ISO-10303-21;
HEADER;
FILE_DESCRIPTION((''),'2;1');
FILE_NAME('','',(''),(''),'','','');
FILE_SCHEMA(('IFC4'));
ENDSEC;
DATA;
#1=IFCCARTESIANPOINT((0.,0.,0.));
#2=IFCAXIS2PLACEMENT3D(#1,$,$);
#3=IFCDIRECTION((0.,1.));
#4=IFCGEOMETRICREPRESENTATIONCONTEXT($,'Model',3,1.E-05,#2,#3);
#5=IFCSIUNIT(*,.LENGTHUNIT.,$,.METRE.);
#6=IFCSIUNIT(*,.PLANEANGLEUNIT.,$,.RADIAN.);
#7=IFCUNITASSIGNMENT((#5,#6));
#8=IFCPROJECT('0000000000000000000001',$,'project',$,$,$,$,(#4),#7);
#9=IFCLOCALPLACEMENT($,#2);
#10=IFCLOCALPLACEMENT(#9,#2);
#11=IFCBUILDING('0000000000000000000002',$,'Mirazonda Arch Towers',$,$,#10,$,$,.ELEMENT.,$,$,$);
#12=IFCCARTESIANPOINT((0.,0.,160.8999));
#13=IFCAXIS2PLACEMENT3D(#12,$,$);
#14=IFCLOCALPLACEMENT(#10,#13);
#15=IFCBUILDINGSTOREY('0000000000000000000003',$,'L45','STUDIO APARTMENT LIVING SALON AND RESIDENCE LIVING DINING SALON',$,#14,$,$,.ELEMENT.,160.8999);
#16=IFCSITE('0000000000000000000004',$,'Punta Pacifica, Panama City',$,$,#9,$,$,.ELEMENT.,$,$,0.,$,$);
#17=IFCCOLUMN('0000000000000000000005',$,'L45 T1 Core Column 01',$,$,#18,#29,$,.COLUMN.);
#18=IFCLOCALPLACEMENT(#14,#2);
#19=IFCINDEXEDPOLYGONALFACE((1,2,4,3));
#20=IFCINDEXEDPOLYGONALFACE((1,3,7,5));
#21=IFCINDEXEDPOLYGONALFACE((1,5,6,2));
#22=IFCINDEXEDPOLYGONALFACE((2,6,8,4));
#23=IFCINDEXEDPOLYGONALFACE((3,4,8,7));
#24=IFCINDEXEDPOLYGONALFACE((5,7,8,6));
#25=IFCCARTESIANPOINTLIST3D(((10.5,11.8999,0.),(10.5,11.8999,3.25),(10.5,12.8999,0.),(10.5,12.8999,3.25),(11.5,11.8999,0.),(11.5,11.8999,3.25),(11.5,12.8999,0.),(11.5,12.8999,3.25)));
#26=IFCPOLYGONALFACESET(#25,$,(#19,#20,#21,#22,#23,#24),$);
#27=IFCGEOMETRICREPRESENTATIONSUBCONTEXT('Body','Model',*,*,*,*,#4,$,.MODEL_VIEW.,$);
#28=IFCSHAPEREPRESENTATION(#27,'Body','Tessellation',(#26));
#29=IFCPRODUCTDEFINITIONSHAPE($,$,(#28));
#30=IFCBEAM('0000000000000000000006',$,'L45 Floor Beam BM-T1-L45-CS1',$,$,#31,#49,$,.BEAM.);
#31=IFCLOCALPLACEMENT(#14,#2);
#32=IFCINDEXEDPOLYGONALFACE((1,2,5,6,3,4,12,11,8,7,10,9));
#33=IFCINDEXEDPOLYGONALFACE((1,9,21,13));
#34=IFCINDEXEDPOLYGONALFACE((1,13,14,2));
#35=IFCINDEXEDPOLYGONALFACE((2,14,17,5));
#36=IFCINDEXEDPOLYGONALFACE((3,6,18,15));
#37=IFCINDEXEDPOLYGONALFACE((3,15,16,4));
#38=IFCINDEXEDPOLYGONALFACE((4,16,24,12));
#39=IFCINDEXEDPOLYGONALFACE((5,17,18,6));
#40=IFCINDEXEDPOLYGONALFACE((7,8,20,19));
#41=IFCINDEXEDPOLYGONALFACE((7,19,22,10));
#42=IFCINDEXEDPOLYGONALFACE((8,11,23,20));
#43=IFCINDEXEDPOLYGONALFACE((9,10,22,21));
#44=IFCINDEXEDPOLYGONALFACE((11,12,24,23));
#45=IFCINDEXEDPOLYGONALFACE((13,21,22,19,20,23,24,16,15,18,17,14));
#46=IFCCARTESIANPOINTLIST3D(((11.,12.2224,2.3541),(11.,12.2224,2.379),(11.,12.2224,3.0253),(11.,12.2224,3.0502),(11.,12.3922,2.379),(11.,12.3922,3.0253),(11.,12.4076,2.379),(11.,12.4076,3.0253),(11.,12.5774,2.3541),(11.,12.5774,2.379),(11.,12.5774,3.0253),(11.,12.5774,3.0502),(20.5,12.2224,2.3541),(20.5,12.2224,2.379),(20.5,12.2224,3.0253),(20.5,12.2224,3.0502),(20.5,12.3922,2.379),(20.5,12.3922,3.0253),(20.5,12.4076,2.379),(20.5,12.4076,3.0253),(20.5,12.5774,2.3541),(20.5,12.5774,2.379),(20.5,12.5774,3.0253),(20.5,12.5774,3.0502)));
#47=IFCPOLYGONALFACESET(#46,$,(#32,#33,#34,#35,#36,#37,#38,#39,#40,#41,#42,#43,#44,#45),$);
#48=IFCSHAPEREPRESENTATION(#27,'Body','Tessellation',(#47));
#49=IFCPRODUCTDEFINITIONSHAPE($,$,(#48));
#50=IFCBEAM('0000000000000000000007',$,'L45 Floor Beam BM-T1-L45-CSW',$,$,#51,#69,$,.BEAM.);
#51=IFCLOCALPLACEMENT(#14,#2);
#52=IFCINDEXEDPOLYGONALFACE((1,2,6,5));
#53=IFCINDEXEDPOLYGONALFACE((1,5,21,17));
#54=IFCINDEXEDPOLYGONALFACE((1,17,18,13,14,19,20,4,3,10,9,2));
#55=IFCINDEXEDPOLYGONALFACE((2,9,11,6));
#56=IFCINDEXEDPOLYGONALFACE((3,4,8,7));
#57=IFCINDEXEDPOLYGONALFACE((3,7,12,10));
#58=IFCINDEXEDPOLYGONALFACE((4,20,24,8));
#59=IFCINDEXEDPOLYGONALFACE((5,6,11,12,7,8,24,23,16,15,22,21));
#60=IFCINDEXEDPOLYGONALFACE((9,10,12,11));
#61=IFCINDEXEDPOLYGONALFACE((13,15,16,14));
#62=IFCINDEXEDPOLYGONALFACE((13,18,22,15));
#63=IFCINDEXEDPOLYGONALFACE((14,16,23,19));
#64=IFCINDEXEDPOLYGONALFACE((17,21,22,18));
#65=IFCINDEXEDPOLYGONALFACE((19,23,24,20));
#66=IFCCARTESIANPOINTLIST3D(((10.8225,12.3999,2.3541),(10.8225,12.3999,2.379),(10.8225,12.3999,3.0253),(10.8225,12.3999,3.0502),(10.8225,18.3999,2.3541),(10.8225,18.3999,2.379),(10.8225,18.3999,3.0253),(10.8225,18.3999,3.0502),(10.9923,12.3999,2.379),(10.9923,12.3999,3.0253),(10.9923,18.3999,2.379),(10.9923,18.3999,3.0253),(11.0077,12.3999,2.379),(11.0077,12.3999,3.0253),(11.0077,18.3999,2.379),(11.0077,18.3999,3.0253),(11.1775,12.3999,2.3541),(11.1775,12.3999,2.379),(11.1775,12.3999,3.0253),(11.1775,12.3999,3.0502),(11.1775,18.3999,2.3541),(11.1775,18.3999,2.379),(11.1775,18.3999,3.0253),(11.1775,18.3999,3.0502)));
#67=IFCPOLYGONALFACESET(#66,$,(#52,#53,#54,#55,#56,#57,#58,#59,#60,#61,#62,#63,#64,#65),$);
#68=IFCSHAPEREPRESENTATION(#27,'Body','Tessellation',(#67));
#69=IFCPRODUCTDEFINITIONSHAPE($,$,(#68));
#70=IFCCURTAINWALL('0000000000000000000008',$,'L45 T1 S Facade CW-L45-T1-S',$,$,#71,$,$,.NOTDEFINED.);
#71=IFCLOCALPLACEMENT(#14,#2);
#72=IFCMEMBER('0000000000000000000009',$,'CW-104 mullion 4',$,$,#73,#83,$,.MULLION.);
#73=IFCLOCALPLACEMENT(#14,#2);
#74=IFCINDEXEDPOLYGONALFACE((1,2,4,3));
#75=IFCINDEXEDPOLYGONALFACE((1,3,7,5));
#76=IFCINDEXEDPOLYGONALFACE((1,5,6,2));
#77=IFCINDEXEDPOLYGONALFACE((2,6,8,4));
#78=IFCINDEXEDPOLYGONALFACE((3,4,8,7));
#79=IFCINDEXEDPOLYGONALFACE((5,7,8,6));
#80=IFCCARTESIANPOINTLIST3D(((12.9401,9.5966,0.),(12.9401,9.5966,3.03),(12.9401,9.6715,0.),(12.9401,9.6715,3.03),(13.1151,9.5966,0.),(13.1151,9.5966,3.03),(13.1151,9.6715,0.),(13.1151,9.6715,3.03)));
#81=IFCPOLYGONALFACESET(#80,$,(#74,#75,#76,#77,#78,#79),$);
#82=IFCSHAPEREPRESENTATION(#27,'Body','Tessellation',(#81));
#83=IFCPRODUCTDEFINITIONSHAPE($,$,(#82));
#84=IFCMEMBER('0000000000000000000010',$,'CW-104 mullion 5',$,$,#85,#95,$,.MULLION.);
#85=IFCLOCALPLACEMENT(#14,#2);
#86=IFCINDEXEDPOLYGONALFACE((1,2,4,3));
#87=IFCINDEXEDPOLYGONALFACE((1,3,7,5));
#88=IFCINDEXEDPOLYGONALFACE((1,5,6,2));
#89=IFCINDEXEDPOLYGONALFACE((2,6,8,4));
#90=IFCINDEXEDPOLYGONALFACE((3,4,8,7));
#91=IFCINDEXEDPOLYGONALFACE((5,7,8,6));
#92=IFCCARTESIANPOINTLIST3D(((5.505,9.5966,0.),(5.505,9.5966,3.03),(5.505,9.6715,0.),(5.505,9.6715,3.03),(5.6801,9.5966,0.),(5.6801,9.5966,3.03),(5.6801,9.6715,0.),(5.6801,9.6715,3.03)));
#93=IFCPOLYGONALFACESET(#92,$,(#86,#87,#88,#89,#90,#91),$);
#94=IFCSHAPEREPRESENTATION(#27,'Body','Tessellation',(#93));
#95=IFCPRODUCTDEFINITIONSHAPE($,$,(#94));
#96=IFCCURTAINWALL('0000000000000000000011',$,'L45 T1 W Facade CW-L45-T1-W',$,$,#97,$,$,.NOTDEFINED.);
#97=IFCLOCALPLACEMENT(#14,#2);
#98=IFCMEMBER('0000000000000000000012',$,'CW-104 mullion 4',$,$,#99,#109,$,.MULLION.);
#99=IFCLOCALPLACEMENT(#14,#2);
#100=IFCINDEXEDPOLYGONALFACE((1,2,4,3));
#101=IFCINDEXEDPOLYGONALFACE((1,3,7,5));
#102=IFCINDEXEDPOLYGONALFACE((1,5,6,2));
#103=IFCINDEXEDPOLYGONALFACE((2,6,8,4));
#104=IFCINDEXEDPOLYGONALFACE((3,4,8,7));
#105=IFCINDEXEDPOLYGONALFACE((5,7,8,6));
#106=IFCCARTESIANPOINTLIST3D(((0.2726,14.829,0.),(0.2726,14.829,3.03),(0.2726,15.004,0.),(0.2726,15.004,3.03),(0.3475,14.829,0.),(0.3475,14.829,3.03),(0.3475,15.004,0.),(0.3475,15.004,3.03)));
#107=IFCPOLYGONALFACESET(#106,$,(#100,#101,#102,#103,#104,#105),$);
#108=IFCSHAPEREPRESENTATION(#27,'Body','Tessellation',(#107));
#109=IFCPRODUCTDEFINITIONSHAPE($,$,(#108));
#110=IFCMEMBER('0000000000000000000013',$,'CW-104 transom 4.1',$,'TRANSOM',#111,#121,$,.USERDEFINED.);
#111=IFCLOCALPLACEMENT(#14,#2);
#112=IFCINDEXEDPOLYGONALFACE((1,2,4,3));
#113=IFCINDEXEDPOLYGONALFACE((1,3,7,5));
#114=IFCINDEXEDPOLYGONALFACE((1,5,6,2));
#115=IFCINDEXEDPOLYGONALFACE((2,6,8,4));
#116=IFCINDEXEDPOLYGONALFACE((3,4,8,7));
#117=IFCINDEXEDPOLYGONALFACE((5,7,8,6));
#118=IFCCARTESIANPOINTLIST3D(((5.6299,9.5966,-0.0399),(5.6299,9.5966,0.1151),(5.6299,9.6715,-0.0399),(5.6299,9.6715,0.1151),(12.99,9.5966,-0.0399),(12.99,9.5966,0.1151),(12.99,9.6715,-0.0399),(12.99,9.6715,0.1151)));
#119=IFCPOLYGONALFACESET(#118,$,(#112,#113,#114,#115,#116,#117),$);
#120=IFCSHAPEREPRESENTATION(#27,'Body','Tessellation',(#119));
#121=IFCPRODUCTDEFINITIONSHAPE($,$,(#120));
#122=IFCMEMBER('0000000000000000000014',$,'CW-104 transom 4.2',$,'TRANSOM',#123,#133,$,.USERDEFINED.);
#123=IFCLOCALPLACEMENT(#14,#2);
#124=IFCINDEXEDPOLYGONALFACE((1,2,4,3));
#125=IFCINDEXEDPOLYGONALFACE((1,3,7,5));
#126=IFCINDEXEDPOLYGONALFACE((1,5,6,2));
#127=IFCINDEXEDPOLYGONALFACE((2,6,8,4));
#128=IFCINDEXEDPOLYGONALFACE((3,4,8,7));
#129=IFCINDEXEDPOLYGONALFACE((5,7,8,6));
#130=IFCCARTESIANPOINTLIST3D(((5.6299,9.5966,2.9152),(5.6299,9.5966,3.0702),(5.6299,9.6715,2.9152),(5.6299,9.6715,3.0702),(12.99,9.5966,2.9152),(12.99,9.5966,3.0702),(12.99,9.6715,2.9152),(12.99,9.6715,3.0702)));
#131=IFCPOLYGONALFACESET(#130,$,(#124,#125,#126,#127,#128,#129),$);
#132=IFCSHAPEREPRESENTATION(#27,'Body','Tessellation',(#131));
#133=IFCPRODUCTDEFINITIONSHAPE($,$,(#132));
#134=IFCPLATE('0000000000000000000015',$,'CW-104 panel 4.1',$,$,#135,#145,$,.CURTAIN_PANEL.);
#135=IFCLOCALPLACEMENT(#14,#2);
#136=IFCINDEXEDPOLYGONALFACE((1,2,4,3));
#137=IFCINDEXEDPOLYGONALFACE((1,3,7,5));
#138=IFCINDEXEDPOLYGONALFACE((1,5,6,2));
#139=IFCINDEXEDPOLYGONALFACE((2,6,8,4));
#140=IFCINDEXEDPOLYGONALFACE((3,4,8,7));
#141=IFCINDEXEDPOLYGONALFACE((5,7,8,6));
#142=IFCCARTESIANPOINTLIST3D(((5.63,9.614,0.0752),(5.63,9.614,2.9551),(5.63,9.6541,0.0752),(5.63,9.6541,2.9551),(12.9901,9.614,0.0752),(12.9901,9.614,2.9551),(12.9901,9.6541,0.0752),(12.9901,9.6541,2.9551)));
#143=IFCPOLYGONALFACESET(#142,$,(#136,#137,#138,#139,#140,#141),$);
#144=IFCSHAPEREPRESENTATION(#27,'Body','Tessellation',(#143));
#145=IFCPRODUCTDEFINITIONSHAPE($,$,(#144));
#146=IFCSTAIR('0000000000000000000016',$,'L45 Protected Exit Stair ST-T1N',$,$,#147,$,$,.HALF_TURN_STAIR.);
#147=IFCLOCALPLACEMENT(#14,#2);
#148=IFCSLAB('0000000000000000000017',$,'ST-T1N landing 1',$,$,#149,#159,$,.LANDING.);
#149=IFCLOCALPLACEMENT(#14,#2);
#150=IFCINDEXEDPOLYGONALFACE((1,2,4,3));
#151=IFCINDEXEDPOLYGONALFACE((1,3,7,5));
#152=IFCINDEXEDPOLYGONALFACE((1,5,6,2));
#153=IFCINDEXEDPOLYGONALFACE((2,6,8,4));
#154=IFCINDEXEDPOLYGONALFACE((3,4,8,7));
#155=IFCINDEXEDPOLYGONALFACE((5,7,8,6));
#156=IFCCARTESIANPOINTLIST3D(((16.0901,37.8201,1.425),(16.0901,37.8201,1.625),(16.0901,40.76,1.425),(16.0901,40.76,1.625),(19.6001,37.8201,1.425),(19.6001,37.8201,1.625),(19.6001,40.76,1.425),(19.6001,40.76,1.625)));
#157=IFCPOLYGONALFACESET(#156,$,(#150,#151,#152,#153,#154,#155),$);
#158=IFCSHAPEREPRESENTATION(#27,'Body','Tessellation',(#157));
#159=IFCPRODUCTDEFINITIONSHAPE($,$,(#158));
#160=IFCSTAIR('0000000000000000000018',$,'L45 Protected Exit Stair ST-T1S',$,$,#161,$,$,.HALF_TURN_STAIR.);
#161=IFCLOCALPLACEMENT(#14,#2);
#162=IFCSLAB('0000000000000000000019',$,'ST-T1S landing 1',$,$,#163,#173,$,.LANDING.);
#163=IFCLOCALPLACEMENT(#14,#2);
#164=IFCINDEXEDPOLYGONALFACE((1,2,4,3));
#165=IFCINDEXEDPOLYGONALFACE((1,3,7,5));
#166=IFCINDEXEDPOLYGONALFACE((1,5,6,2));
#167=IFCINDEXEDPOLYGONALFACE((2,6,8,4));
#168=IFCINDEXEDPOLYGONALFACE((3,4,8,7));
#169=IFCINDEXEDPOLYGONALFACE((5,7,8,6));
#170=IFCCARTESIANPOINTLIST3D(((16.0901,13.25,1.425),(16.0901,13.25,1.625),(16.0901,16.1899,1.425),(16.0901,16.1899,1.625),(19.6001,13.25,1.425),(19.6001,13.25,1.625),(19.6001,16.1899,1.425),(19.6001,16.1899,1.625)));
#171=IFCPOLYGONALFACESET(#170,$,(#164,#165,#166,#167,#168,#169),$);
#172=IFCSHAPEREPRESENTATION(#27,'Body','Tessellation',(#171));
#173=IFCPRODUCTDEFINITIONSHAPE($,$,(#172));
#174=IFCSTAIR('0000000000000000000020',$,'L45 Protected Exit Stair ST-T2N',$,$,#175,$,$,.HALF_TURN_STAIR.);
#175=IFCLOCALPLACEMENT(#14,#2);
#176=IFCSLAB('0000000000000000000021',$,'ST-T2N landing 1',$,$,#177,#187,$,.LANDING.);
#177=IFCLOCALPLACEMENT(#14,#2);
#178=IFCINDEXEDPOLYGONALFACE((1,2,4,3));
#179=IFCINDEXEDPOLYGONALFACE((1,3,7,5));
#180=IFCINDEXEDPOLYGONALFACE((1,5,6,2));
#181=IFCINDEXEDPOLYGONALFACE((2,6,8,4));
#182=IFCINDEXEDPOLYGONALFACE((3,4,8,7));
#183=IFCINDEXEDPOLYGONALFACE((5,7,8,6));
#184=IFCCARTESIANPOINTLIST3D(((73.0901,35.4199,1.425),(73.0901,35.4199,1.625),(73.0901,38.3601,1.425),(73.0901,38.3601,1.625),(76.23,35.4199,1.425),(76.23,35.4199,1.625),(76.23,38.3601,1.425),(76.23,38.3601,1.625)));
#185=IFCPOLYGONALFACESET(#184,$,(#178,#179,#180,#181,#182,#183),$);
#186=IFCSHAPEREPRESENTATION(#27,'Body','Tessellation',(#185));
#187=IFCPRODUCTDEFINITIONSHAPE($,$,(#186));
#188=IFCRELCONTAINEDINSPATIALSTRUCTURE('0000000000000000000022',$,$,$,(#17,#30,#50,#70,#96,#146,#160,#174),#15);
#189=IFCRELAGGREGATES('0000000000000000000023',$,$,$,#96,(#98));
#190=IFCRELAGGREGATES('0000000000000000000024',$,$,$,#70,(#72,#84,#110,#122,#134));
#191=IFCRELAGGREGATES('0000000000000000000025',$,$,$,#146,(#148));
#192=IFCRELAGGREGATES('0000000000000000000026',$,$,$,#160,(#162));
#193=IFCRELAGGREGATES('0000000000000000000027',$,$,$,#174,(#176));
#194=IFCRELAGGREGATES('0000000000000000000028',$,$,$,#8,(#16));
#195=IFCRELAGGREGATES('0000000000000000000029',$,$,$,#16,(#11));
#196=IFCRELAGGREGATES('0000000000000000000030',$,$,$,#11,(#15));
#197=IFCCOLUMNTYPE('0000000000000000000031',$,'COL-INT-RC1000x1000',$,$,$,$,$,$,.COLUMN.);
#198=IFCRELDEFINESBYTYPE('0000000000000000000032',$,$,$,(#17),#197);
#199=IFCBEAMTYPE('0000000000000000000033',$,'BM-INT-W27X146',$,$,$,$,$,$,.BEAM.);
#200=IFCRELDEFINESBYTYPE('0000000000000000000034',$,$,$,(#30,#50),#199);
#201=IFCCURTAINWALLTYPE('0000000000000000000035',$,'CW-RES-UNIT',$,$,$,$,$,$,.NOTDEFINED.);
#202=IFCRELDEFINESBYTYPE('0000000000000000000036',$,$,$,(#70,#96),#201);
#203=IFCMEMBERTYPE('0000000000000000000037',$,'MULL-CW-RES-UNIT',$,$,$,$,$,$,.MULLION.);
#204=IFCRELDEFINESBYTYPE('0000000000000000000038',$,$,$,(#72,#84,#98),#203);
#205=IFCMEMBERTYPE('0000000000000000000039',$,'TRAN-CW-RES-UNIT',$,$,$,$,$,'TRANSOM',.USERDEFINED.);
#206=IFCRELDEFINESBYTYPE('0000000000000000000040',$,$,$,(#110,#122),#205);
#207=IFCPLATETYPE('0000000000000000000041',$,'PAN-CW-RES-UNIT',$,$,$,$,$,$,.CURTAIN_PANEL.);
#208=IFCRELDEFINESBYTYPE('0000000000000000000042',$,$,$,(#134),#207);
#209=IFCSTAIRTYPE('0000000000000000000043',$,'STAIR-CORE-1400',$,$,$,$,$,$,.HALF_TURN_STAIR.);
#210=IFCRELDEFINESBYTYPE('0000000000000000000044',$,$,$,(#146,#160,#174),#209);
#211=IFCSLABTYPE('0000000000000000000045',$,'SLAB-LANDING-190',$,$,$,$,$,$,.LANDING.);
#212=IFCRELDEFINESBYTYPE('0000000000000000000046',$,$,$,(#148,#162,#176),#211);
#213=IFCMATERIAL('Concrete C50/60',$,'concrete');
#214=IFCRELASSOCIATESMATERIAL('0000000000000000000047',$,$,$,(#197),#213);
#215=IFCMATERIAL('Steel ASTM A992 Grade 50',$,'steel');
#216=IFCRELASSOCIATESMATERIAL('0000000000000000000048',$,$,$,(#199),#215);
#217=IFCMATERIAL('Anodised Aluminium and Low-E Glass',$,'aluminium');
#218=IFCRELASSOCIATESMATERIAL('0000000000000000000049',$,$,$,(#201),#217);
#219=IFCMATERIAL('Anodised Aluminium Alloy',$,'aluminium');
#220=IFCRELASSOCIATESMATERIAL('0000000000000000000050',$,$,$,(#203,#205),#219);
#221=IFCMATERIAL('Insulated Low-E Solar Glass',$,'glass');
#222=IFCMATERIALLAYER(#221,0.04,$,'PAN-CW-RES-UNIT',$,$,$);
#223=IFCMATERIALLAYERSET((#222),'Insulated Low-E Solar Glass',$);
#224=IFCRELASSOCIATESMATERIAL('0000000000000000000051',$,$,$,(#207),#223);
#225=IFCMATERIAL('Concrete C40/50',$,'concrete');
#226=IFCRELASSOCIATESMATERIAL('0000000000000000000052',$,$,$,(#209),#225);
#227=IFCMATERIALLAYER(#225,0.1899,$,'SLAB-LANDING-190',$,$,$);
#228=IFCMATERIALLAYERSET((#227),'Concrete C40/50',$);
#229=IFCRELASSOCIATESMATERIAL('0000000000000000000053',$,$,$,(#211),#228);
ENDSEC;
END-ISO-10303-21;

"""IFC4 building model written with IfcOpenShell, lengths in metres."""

from ifc_helpers import new_model, si_unit, direction, frame, origin, origin_2d, place, context, subcontext, project, spatial, polyline, rectangle, i_section, outline, extrude, material, layer, layer_set, material_profile, profile_set, type_object, element, aggregate, save


model = new_model("IFC4")

# Units and contexts
model_context = context("Model", 3, precision=1e-05, world=origin(), true_north=direction((0.0, 1.0)))
body_context = subcontext(model_context, "Body", "Model", "MODEL_VIEW")
ifc_project = project(units=[si_unit("LENGTHUNIT", "METRE"), si_unit("PLANEANGLEUNIT", "RADIAN")], contexts=[model_context])

# Site, building, storey
site_placement = place(None, origin())
site = spatial("IfcSite", under=ifc_project, at=site_placement, Name="Punta Pacifica, Panama City", CompositionType="ELEMENT", RefElevation=0.0)
building_placement = place(site_placement, origin())
building = spatial("IfcBuilding", under=site, at=building_placement, Name="Mirazonda Arch Towers", CompositionType="ELEMENT")
storey_placement = place(building_placement, frame((0.0, 0.0, 160.8999)))
storey = spatial("IfcBuildingStorey", under=building, at=storey_placement, Name="L45", Description="STUDIO APARTMENT LIVING SALON AND RESIDENCE LIVING DINING SALON", CompositionType="ELEMENT", Elevation=160.8999)

# Column
ifc_material_1 = material(Name="Concrete C50/60", Category="concrete")
ifc_material_profile_1 = material_profile(ifc_material_1, rectangle(XDim=1.0, YDim=1.0, at=origin_2d()), Name="RC1000x1000")
ifc_profile_set_1 = profile_set([ifc_material_profile_1], Name="Concrete C50/60")
column_type = type_object("IfcColumnType", Name="COL-INT-RC1000x1000", PredefinedType="COLUMN", material=ifc_profile_set_1)
column_placement = place(storey_placement, frame((11.0, 12.3999, 0.0), z_axis=(0.0, 0.0, 1.0), x_axis=(1.0, 0.0, 0.0)))
element("IfcColumn", 1, at=column_placement, inside=storey, type_object=column_type, Name="L45 T1 Core Column 01", PredefinedType="COLUMN", context=body_context, shape_type="SweptSolid", body=[
    extrude(rectangle(XDim=1.0, YDim=1.0, at=origin_2d()), origin(), (0.0, 0.0, 1.0), 3.25),
])

# Beams
ifc_material_2 = material(Name="Steel ASTM A992 Grade 50", Category="steel")
ifc_material_profile_2 = material_profile(ifc_material_2, i_section(OverallWidth=0.355, OverallDepth=0.696, WebThickness=0.0154, FlangeThickness=0.0249, at=origin_2d()), Name="W27X146")
ifc_profile_set_2 = profile_set([ifc_material_profile_2], Name="Steel ASTM A992 Grade 50")
beam_type = type_object("IfcBeamType", Name="BM-INT-W27X146", PredefinedType="BEAM", material=ifc_profile_set_2)
beam_1_placement = place(storey_placement, frame((11.0, 12.3999, 2.7021), z_axis=(1.0, 0.0, 0.0), x_axis=(0.0, 1.0, 0.0)))
element("IfcBeam", 2, at=beam_1_placement, inside=storey, type_object=beam_type, Name="L45 Floor Beam BM-T1-L45-CS1", PredefinedType="BEAM", context=body_context, shape_type="SweptSolid", body=[
    extrude(i_section(OverallWidth=0.355, OverallDepth=0.696, WebThickness=0.0154, FlangeThickness=0.0249, at=origin_2d()), origin(), (0.0, 0.0, 1.0), 9.5),
])
beam_2_placement = place(storey_placement, frame((11.0, 12.3999, 2.7021), z_axis=(0.0, 1.0, 0.0), x_axis=(-1.0, 0.0, 0.0)))
element("IfcBeam", 3, at=beam_2_placement, inside=storey, type_object=beam_type, Name="L45 Floor Beam BM-T1-L45-CSW", PredefinedType="BEAM", context=body_context, shape_type="SweptSolid", body=[
    extrude(i_section(OverallWidth=0.355, OverallDepth=0.696, WebThickness=0.0154, FlangeThickness=0.0249, at=origin_2d()), origin(), (0.0, 0.0, 1.0), 6.0),
])

# Curtain wall, members
ifc_material_3 = material(Name="Anodised Aluminium and Low-E Glass", Category="aluminium")
curtain_wall_type = type_object("IfcCurtainWallType", Name="CW-RES-UNIT", PredefinedType="NOTDEFINED", material=ifc_material_3)
curtain_wall_1_placement = place(storey_placement, origin())
curtain_wall_1 = element("IfcCurtainWall", 4, at=curtain_wall_1_placement, inside=storey, type_object=curtain_wall_type, Name="L45 T1 S Facade CW-L45-T1-S", PredefinedType="NOTDEFINED")
ifc_material_4 = material(Name="Anodised Aluminium Alloy", Category="aluminium")
ifc_material_profile_3 = material_profile(ifc_material_4, rectangle(XDim=0.075, YDim=0.175, at=origin_2d()), Name="ALU-MULL-75x175")
ifc_profile_set_3 = profile_set([ifc_material_profile_3], Name="Anodised Aluminium Alloy")
member_type_1 = type_object("IfcMemberType", Name="MULL-CW-RES-UNIT", PredefinedType="MULLION", material=ifc_profile_set_3)
member_1_placement = place(storey_placement, frame((13.0276, 9.634, 0.0), z_axis=(0.0, 0.0, 1.0), x_axis=(0.0, -1.0, 0.0)))
member_1 = element("IfcMember", 5, at=member_1_placement, type_object=member_type_1, Name="CW-104 mullion 4", PredefinedType="MULLION", context=body_context, shape_type="SweptSolid", body=[
    extrude(rectangle(XDim=0.075, YDim=0.175, at=origin_2d()), origin(), (0.0, 0.0, 1.0), 3.03),
])
member_2_placement = place(storey_placement, frame((5.5925, 9.634, 0.0), z_axis=(0.0, 0.0, 1.0), x_axis=(0.0, -1.0, 0.0)))
member_2 = element("IfcMember", 6, at=member_2_placement, type_object=member_type_1, Name="CW-104 mullion 5", PredefinedType="MULLION", context=body_context, shape_type="SweptSolid", body=[
    extrude(rectangle(XDim=0.075, YDim=0.175, at=origin_2d()), origin(), (0.0, 0.0, 1.0), 3.03),
])

# Curtain wall, member
curtain_wall_2_placement = place(storey_placement, origin())
curtain_wall_2 = element("IfcCurtainWall", 7, at=curtain_wall_2_placement, inside=storey, type_object=curtain_wall_type, Name="L45 T1 W Facade CW-L45-T1-W", PredefinedType="NOTDEFINED")
member_3_placement = place(storey_placement, frame((0.3101, 14.9165, 0.0), z_axis=(0.0, 0.0, 1.0), x_axis=(1.0, 0.0, 0.0)))
member_3 = element("IfcMember", 8, at=member_3_placement, type_object=member_type_1, Name="CW-104 mullion 4", PredefinedType="MULLION", context=body_context, shape_type="SweptSolid", body=[
    extrude(rectangle(XDim=0.075, YDim=0.175, at=origin_2d()), origin(), (0.0, 0.0, 1.0), 3.03),
])
aggregate(curtain_wall_2, [member_3])

# Members
ifc_material_profile_4 = material_profile(ifc_material_4, rectangle(XDim=0.075, YDim=0.155, at=origin_2d()), Name="ALU-TRAN-75x155")
ifc_profile_set_4 = profile_set([ifc_material_profile_4], Name="Anodised Aluminium Alloy")
member_type_2 = type_object("IfcMemberType", Name="TRAN-CW-RES-UNIT", ElementType="TRANSOM", PredefinedType="USERDEFINED", material=ifc_profile_set_4)
member_4_placement = place(storey_placement, frame((12.99, 9.634, 0.0376), z_axis=(-1.0, 0.0, 0.0), x_axis=(0.0, -1.0, 0.0)))
member_4 = element("IfcMember", 9, at=member_4_placement, type_object=member_type_2, Name="CW-104 transom 4.1", ObjectType="TRANSOM", PredefinedType="USERDEFINED", context=body_context, shape_type="SweptSolid", body=[
    extrude(rectangle(XDim=0.075, YDim=0.155, at=origin_2d()), origin(), (0.0, 0.0, 1.0), 7.3601),
])
member_5_placement = place(storey_placement, frame((12.99, 9.634, 2.9927), z_axis=(-1.0, 0.0, 0.0), x_axis=(0.0, -1.0, 0.0)))
member_5 = element("IfcMember", 10, at=member_5_placement, type_object=member_type_2, Name="CW-104 transom 4.2", ObjectType="TRANSOM", PredefinedType="USERDEFINED", context=body_context, shape_type="SweptSolid", body=[
    extrude(rectangle(XDim=0.075, YDim=0.155, at=origin_2d()), origin(), (0.0, 0.0, 1.0), 7.3601),
])

# Plate
ifc_material_5 = material(Name="Insulated Low-E Solar Glass", Category="glass")
ifc_layer_1 = layer(ifc_material_5, 0.04, Name="PAN-CW-RES-UNIT")
ifc_layer_set_1 = layer_set([ifc_layer_1], Name="Insulated Low-E Solar Glass")
plate_type = type_object("IfcPlateType", Name="PAN-CW-RES-UNIT", PredefinedType="CURTAIN_PANEL", material=ifc_layer_set_1)
plate_placement = place(storey_placement, frame((9.3101, 9.634, 0.0752), z_axis=(0.0, 0.0, 1.0), x_axis=(-1.0, 0.0, 0.0)))
plate = element("IfcPlate", 11, at=plate_placement, type_object=plate_type, Name="CW-104 panel 4.1", PredefinedType="CURTAIN_PANEL", context=body_context, shape_type="SweptSolid", body=[
    extrude(rectangle(XDim=7.3601, YDim=0.04, at=origin_2d()), origin(), (0.0, 0.0, 1.0), 2.8799),
])
aggregate(curtain_wall_1, [member_1, member_2, member_4, member_5, plate])

# Stairs, slabs
ifc_material_6 = material(Name="Concrete C40/50", Category="concrete")
stair_type = type_object("IfcStairType", Name="STAIR-CORE-1400", PredefinedType="HALF_TURN_STAIR", material=ifc_material_6)
stair_1_placement = place(storey_placement, origin())
stair_1 = element("IfcStair", 12, at=stair_1_placement, inside=storey, type_object=stair_type, Name="L45 Protected Exit Stair ST-T1N", PredefinedType="HALF_TURN_STAIR")
ifc_layer_2 = layer(ifc_material_6, 0.1899, Name="SLAB-LANDING-190")
ifc_layer_set_2 = layer_set([ifc_layer_2], Name="Concrete C40/50")
slab_type_1 = type_object("IfcSlabType", Name="SLAB-LANDING-190", PredefinedType="LANDING", material=ifc_layer_set_2)
slab_1_placement = place(storey_placement, frame((0.0, 0.0, 1.425)))
slab_1 = element("IfcSlab", 13, at=slab_1_placement, type_object=slab_type_1, Name="ST-T1N landing 1", PredefinedType="LANDING", context=body_context, shape_type="SweptSolid", body=[
    extrude(outline(polyline([(16.0901, 37.8201), (19.6001, 37.8201), (19.6001, 40.76), (16.0901, 40.76), (16.0901, 37.8201)])), origin(), (0.0, 0.0, 1.0), 0.2),
])
aggregate(stair_1, [slab_1])
stair_2_placement = place(storey_placement, origin())
stair_2 = element("IfcStair", 14, at=stair_2_placement, inside=storey, type_object=stair_type, Name="L45 Protected Exit Stair ST-T1S", PredefinedType="HALF_TURN_STAIR")
slab_2_placement = place(storey_placement, frame((0.0, 0.0, 1.425)))
slab_2 = element("IfcSlab", 15, at=slab_2_placement, type_object=slab_type_1, Name="ST-T1S landing 1", PredefinedType="LANDING", context=body_context, shape_type="SweptSolid", body=[
    extrude(outline(polyline([(16.0901, 13.25), (19.6001, 13.25), (19.6001, 16.1899), (16.0901, 16.1899), (16.0901, 13.25)])), origin(), (0.0, 0.0, 1.0), 0.2),
])
aggregate(stair_2, [slab_2])
stair_3_placement = place(storey_placement, origin())
stair_3 = element("IfcStair", 16, at=stair_3_placement, inside=storey, type_object=stair_type, Name="L45 Protected Exit Stair ST-T2N", PredefinedType="HALF_TURN_STAIR")
slab_3_placement = place(storey_placement, frame((0.0, 0.0, 1.425)))
slab_3 = element("IfcSlab", 17, at=slab_3_placement, type_object=slab_type_1, Name="ST-T2N landing 1", PredefinedType="LANDING", context=body_context, shape_type="SweptSolid", body=[
    extrude(outline(polyline([(73.0901, 35.4199), (76.23, 35.4199), (76.23, 38.3601), (73.0901, 38.3601), (73.0901, 35.4199)])), origin(), (0.0, 0.0, 1.0), 0.2),
])
aggregate(stair_3, [slab_3])

save(model, "model.ifc")
